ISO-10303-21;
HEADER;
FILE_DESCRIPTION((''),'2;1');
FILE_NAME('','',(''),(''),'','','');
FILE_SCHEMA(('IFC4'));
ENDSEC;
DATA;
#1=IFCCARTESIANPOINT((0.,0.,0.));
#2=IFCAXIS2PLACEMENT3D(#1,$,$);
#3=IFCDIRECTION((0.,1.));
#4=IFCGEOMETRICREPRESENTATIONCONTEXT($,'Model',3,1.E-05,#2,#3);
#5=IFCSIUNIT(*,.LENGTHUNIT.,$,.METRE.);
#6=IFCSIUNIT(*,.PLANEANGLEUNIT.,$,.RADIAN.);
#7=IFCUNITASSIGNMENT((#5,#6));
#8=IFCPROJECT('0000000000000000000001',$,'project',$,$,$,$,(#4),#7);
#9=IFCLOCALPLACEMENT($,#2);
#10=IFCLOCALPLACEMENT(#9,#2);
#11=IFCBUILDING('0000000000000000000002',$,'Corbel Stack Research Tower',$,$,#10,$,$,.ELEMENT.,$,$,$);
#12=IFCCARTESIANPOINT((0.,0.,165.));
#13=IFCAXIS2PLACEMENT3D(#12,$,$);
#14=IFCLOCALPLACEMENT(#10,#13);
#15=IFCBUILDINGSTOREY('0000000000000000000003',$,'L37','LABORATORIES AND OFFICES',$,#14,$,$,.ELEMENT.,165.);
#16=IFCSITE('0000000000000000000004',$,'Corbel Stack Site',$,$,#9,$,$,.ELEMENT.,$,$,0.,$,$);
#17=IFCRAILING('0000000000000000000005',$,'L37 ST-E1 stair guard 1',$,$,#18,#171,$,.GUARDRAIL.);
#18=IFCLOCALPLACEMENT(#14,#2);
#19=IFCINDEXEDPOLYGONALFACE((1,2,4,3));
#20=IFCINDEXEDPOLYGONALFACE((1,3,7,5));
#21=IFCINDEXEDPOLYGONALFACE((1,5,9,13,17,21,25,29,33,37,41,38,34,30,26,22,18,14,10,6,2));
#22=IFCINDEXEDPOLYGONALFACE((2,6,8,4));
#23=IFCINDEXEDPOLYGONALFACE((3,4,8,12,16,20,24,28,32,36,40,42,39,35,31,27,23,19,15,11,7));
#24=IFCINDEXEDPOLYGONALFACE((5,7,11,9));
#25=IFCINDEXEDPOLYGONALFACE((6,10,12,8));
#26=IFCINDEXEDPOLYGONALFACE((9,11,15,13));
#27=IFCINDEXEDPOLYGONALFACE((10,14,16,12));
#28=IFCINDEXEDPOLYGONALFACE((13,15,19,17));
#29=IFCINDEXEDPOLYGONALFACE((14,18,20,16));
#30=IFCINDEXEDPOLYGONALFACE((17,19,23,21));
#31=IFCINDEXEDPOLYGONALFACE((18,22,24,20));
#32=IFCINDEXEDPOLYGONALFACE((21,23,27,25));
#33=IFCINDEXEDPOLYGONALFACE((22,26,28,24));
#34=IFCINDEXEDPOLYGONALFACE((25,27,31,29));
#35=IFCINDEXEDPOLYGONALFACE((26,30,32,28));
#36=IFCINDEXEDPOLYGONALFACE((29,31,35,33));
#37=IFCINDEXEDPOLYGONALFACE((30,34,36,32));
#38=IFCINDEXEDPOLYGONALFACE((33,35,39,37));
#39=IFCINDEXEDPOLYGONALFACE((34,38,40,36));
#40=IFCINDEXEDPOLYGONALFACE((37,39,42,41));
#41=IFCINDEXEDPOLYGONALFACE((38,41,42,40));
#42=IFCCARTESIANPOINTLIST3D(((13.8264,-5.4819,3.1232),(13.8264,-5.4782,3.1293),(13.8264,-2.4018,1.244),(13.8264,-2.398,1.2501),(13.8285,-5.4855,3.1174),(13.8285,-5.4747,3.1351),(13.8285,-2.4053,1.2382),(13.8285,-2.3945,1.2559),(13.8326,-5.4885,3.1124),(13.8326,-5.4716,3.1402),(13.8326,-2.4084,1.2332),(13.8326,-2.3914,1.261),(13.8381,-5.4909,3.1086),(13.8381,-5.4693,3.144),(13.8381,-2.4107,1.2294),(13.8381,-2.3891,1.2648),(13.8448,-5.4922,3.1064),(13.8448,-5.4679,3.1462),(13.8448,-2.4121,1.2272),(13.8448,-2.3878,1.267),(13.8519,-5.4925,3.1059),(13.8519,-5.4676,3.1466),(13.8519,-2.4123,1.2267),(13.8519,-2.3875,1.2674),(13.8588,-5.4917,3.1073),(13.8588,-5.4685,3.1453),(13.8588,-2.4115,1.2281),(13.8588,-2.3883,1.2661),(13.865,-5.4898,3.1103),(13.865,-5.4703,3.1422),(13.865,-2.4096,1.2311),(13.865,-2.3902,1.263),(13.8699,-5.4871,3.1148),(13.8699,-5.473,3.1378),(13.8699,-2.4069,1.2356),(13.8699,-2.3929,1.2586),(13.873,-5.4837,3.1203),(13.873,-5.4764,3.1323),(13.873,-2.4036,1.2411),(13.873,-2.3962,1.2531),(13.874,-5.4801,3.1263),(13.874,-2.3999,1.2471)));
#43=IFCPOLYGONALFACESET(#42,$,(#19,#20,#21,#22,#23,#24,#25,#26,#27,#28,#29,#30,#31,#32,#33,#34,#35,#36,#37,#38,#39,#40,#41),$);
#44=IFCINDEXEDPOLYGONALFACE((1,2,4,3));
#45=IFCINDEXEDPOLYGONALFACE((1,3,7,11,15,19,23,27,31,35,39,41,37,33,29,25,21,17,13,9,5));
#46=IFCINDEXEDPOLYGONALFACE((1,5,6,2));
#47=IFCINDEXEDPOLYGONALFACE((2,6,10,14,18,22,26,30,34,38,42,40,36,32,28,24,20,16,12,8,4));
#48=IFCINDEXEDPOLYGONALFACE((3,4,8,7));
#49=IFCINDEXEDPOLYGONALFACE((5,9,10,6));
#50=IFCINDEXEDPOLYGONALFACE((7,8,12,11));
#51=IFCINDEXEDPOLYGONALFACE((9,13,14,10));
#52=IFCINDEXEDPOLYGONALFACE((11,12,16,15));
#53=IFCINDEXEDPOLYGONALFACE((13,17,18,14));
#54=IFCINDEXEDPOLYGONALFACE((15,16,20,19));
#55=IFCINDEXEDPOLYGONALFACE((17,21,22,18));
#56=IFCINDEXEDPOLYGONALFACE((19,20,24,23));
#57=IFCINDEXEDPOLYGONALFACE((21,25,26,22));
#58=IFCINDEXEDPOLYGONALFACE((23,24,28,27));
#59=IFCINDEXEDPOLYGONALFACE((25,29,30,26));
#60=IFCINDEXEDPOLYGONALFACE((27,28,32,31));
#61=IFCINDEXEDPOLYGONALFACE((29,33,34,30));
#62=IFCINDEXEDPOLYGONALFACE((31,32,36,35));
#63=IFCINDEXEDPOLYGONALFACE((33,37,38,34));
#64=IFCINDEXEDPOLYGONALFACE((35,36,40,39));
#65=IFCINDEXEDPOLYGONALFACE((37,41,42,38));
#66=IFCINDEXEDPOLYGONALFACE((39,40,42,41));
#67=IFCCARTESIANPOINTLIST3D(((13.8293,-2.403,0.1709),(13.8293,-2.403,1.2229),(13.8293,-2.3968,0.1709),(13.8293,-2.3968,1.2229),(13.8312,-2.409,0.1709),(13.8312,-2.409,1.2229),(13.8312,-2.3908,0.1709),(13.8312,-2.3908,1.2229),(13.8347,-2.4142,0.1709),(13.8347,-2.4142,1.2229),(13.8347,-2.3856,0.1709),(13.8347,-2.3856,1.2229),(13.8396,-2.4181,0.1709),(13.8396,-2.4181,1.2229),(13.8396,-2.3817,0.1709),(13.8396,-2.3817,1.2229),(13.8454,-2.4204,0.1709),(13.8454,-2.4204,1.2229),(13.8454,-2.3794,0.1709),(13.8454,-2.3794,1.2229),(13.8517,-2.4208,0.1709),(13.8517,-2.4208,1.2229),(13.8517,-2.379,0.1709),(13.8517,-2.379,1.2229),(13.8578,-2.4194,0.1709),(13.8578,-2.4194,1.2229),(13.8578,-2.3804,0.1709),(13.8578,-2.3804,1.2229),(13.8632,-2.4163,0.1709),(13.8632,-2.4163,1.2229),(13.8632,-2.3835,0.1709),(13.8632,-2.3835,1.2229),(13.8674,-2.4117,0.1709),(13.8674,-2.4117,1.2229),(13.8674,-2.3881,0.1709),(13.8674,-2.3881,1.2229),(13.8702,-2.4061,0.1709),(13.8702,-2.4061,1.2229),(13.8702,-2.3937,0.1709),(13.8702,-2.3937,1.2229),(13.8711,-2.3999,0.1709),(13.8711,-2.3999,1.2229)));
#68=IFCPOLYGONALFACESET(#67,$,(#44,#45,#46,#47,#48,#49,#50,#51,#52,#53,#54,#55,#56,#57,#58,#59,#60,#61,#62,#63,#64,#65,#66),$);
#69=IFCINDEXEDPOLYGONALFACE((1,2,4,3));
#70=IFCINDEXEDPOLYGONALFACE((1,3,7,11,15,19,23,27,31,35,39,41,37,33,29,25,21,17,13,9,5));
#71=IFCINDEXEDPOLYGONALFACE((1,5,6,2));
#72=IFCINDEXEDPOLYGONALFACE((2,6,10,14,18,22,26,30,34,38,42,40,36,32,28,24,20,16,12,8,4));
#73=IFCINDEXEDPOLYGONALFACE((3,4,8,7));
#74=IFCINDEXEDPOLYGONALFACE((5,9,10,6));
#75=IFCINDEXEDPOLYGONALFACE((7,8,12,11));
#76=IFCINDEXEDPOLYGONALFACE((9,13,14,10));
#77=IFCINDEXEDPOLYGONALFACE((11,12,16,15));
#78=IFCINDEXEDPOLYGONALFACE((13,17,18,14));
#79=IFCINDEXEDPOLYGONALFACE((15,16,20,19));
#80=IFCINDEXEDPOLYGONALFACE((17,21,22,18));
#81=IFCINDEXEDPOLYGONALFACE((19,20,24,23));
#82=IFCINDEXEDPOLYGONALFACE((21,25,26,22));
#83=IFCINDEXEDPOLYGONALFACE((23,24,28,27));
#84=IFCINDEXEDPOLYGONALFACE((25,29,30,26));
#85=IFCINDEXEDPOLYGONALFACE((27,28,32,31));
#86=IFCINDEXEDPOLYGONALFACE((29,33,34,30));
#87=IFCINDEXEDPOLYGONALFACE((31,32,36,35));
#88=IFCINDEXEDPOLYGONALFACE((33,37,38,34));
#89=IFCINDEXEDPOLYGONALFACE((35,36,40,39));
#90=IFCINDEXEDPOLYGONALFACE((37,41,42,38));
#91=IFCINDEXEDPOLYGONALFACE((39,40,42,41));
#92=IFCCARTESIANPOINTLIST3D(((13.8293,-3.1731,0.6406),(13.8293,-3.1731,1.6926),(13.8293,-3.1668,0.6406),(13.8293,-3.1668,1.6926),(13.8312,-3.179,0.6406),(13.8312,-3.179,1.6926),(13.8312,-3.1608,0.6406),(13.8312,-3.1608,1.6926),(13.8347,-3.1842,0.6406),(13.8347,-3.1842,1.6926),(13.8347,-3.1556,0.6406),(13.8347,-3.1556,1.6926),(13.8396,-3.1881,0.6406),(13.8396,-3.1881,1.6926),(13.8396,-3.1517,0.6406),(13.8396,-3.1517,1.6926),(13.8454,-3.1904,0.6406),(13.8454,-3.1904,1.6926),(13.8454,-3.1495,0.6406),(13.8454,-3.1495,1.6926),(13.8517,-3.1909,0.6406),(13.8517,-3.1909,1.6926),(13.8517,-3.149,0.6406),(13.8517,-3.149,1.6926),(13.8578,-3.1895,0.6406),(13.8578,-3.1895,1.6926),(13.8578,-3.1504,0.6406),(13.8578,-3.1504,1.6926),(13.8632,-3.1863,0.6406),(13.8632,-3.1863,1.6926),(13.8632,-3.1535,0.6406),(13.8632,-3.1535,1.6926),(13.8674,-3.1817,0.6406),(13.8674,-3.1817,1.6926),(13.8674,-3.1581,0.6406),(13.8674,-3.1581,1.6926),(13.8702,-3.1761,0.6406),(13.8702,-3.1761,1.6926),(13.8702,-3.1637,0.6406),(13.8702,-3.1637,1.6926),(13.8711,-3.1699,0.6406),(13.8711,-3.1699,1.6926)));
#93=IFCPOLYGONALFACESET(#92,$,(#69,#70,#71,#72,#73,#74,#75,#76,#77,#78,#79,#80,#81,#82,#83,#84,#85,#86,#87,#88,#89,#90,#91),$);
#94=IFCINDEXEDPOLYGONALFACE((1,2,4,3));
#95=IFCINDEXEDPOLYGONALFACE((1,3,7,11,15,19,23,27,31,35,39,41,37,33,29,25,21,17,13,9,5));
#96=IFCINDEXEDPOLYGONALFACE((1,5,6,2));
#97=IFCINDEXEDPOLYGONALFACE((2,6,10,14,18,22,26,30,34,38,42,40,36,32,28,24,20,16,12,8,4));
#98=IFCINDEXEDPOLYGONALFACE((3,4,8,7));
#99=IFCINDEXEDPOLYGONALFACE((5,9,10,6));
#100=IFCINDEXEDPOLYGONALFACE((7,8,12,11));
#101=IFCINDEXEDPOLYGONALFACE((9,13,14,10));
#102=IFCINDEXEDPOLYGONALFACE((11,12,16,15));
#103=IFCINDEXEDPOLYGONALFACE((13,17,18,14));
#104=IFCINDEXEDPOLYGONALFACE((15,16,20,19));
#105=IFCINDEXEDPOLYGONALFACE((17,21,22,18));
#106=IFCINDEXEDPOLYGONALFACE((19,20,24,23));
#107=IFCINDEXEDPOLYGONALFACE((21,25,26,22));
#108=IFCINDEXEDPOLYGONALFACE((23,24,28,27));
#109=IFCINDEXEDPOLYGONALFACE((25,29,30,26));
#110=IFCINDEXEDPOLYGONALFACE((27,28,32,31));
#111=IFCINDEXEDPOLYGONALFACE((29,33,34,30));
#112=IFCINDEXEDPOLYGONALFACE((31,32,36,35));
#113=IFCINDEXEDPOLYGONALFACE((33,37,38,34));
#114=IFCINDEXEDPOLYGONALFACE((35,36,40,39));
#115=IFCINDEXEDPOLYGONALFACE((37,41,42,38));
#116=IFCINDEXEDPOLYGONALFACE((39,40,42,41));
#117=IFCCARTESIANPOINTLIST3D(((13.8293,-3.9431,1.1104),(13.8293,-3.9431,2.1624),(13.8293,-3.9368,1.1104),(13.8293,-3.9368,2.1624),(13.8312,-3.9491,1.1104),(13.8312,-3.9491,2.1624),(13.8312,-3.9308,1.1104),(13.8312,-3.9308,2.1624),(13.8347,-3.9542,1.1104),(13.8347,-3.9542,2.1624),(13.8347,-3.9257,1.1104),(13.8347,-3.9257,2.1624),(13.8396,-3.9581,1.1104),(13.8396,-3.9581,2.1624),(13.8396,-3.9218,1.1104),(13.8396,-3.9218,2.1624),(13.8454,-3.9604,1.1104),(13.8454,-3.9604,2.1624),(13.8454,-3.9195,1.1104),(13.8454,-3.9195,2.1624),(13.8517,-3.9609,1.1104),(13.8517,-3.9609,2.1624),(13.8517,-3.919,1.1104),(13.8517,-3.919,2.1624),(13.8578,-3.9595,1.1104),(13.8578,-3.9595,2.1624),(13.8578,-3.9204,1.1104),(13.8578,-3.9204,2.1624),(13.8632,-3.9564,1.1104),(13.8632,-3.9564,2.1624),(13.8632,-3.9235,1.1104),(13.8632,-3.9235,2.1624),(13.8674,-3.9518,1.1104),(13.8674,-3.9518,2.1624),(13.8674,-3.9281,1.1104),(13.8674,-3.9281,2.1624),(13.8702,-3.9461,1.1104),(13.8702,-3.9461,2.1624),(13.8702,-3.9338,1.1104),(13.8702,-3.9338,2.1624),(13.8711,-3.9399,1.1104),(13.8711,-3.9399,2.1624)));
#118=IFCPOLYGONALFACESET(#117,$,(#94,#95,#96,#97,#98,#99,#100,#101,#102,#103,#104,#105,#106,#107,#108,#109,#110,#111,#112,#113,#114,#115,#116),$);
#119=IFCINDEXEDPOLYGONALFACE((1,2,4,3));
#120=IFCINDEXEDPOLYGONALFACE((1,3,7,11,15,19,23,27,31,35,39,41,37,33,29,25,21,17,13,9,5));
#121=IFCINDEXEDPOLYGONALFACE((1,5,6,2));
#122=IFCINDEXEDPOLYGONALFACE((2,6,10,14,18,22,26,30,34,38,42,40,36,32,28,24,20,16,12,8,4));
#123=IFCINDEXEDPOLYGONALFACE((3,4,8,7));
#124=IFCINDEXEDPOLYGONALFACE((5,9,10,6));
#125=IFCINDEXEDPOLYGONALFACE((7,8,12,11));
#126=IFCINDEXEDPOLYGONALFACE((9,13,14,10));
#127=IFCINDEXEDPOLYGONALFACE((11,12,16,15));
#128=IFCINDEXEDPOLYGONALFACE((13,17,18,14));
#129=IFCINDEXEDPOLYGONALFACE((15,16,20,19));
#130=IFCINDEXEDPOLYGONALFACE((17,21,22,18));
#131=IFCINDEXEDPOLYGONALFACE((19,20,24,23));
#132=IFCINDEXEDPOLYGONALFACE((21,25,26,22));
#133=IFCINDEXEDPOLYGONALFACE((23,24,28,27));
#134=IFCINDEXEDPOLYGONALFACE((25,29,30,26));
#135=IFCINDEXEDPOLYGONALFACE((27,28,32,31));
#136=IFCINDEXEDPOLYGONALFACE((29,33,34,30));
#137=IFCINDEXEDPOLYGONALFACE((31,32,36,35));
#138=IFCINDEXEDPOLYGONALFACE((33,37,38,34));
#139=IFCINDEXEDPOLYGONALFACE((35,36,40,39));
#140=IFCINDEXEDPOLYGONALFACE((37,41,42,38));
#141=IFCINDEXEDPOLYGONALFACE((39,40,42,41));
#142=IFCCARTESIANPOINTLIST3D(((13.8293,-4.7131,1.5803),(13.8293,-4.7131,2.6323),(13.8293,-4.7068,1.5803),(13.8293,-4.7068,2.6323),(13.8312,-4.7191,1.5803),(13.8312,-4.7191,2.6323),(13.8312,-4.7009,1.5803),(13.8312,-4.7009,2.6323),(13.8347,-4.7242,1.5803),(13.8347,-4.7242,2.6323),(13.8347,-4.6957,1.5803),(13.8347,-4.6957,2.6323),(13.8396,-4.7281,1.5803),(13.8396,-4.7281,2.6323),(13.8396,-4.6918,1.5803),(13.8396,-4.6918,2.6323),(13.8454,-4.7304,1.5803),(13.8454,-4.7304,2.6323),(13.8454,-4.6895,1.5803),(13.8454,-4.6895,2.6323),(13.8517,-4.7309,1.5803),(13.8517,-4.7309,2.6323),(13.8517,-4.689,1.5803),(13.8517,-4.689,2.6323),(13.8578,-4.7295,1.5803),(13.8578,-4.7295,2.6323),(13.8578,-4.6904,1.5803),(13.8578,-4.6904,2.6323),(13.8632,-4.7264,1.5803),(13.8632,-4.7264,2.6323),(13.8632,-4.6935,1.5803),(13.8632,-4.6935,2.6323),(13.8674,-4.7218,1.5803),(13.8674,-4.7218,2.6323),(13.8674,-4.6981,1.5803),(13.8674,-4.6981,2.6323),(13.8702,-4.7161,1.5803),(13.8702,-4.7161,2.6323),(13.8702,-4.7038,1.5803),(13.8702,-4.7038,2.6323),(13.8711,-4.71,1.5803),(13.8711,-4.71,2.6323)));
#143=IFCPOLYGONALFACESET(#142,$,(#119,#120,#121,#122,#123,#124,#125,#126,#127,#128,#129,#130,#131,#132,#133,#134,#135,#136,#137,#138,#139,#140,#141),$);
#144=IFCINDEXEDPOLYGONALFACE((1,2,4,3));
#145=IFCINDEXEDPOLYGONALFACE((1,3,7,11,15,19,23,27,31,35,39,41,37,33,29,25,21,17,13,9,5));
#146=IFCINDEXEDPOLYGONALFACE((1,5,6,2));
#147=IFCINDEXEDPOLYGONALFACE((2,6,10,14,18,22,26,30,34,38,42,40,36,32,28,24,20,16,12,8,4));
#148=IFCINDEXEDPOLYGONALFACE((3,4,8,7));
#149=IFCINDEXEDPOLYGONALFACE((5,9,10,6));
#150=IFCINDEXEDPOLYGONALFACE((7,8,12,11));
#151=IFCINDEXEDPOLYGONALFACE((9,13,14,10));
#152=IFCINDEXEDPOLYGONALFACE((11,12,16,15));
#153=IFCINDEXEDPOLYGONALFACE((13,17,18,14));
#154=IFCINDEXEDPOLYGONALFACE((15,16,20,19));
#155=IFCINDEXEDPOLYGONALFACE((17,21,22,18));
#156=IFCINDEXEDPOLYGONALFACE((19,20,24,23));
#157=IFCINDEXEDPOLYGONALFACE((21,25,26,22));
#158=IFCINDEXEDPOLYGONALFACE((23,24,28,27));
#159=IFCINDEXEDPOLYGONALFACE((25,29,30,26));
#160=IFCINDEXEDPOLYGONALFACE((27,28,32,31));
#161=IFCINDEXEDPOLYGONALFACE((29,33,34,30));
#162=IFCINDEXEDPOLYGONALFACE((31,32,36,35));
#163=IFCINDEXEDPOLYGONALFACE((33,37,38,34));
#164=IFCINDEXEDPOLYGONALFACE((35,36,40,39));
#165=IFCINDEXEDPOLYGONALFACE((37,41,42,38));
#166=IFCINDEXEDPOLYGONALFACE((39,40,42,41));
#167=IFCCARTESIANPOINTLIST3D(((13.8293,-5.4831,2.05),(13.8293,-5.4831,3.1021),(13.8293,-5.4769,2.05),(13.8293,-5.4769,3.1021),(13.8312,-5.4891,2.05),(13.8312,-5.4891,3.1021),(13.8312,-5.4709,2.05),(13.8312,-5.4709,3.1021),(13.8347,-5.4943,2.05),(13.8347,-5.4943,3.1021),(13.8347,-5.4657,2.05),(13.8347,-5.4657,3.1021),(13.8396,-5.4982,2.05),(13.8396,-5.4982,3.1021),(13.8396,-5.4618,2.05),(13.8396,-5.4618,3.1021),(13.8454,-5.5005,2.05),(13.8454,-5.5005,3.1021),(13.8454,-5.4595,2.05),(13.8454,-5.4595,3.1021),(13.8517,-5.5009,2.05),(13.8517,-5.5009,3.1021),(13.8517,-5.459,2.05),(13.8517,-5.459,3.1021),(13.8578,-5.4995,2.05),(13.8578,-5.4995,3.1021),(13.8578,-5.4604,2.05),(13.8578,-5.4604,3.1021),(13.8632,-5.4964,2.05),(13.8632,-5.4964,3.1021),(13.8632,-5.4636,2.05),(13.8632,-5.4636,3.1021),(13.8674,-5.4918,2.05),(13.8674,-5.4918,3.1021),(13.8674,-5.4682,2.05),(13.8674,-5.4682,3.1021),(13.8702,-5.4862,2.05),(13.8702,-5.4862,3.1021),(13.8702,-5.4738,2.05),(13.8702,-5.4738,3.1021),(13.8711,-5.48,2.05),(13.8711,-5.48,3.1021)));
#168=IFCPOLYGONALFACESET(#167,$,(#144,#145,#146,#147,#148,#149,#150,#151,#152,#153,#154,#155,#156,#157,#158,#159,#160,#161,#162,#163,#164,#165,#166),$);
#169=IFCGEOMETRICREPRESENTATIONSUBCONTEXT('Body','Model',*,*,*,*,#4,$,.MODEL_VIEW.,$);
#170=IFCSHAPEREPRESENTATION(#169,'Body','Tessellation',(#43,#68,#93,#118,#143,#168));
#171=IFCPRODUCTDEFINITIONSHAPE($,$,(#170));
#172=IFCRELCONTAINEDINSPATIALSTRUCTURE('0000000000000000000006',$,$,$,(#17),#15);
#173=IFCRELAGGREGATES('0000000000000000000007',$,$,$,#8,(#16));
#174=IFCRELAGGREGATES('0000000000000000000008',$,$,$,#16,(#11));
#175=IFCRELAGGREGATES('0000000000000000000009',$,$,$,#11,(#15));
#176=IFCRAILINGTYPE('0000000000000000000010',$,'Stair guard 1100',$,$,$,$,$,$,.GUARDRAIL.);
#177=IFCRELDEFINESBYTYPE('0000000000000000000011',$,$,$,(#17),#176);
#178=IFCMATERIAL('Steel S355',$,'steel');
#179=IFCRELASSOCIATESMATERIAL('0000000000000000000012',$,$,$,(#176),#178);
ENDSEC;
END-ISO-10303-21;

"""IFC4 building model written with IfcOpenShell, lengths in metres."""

from ifc_helpers import new_model, si_unit, direction, frame, origin, origin_2d, place, context, subcontext, project, spatial, circle, extrude, material, type_object, element, save


model = new_model("IFC4")

# Units and contexts
model_context = context("Model", 3, precision=1e-05, world=origin(), true_north=direction((0.0, 1.0)))
body_context = subcontext(model_context, "Body", "Model", "MODEL_VIEW")
ifc_project = project(units=[si_unit("LENGTHUNIT", "METRE"), si_unit("PLANEANGLEUNIT", "RADIAN")], contexts=[model_context])

# Site, building, storey
site_placement = place(None, origin())
site = spatial("IfcSite", under=ifc_project, at=site_placement, Name="Corbel Stack Site", CompositionType="ELEMENT", RefElevation=0.0)
building_placement = place(site_placement, origin())
building = spatial("IfcBuilding", under=site, at=building_placement, Name="Corbel Stack Research Tower", CompositionType="ELEMENT")
storey_placement = place(building_placement, frame((0.0, 0.0, 165.0)))
storey = spatial("IfcBuildingStorey", under=building, at=storey_placement, Name="L37", Description="LABORATORIES AND OFFICES", CompositionType="ELEMENT", Elevation=165.0)

# Railing
ifc_material_1 = material(Name="Steel S355", Category="steel")
railing_type_1 = type_object("IfcRailingType", Name="Stair guard 1100", PredefinedType="GUARDRAIL", material=ifc_material_1)
railing_1_placement = place(storey_placement, frame((13.8501, -2.3999, 0.1709)))
element("IfcRailing", 1, at=railing_1_placement, inside=storey, type_object=railing_type_1, Name="L37 ST-E1 stair guard 1", PredefinedType="GUARDRAIL", context=body_context, shape_type="SweptSolid", body=[
    extrude(circle(Radius=0.0239, at=origin_2d()), frame((0.0, 0.0, 1.0762), z_axis=(0.0, -0.853666, 0.52082), x_axis=(1.0, 0.0, 0.0)), (0.0, 0.0, 1.0), 3.6082),
    extrude(circle(Radius=0.021, at=origin_2d()), origin(), (0.0, 0.0, 1.0), 1.052),
    extrude(circle(Radius=0.021, at=origin_2d()), frame((0.0, -0.77, 0.4697)), (0.0, 0.0, 1.0), 1.052),
    extrude(circle(Radius=0.021, at=origin_2d()), frame((0.0, -1.54, 0.9395)), (0.0, 0.0, 1.0), 1.052),
    extrude(circle(Radius=0.021, at=origin_2d()), frame((0.0, -2.3101, 1.4094)), (0.0, 0.0, 1.0), 1.052),
    extrude(circle(Radius=0.021, at=origin_2d()), frame((0.0, -3.0801, 1.8792)), (0.0, 0.0, 1.0), 1.052),
])

save(model, "model.ifc")
